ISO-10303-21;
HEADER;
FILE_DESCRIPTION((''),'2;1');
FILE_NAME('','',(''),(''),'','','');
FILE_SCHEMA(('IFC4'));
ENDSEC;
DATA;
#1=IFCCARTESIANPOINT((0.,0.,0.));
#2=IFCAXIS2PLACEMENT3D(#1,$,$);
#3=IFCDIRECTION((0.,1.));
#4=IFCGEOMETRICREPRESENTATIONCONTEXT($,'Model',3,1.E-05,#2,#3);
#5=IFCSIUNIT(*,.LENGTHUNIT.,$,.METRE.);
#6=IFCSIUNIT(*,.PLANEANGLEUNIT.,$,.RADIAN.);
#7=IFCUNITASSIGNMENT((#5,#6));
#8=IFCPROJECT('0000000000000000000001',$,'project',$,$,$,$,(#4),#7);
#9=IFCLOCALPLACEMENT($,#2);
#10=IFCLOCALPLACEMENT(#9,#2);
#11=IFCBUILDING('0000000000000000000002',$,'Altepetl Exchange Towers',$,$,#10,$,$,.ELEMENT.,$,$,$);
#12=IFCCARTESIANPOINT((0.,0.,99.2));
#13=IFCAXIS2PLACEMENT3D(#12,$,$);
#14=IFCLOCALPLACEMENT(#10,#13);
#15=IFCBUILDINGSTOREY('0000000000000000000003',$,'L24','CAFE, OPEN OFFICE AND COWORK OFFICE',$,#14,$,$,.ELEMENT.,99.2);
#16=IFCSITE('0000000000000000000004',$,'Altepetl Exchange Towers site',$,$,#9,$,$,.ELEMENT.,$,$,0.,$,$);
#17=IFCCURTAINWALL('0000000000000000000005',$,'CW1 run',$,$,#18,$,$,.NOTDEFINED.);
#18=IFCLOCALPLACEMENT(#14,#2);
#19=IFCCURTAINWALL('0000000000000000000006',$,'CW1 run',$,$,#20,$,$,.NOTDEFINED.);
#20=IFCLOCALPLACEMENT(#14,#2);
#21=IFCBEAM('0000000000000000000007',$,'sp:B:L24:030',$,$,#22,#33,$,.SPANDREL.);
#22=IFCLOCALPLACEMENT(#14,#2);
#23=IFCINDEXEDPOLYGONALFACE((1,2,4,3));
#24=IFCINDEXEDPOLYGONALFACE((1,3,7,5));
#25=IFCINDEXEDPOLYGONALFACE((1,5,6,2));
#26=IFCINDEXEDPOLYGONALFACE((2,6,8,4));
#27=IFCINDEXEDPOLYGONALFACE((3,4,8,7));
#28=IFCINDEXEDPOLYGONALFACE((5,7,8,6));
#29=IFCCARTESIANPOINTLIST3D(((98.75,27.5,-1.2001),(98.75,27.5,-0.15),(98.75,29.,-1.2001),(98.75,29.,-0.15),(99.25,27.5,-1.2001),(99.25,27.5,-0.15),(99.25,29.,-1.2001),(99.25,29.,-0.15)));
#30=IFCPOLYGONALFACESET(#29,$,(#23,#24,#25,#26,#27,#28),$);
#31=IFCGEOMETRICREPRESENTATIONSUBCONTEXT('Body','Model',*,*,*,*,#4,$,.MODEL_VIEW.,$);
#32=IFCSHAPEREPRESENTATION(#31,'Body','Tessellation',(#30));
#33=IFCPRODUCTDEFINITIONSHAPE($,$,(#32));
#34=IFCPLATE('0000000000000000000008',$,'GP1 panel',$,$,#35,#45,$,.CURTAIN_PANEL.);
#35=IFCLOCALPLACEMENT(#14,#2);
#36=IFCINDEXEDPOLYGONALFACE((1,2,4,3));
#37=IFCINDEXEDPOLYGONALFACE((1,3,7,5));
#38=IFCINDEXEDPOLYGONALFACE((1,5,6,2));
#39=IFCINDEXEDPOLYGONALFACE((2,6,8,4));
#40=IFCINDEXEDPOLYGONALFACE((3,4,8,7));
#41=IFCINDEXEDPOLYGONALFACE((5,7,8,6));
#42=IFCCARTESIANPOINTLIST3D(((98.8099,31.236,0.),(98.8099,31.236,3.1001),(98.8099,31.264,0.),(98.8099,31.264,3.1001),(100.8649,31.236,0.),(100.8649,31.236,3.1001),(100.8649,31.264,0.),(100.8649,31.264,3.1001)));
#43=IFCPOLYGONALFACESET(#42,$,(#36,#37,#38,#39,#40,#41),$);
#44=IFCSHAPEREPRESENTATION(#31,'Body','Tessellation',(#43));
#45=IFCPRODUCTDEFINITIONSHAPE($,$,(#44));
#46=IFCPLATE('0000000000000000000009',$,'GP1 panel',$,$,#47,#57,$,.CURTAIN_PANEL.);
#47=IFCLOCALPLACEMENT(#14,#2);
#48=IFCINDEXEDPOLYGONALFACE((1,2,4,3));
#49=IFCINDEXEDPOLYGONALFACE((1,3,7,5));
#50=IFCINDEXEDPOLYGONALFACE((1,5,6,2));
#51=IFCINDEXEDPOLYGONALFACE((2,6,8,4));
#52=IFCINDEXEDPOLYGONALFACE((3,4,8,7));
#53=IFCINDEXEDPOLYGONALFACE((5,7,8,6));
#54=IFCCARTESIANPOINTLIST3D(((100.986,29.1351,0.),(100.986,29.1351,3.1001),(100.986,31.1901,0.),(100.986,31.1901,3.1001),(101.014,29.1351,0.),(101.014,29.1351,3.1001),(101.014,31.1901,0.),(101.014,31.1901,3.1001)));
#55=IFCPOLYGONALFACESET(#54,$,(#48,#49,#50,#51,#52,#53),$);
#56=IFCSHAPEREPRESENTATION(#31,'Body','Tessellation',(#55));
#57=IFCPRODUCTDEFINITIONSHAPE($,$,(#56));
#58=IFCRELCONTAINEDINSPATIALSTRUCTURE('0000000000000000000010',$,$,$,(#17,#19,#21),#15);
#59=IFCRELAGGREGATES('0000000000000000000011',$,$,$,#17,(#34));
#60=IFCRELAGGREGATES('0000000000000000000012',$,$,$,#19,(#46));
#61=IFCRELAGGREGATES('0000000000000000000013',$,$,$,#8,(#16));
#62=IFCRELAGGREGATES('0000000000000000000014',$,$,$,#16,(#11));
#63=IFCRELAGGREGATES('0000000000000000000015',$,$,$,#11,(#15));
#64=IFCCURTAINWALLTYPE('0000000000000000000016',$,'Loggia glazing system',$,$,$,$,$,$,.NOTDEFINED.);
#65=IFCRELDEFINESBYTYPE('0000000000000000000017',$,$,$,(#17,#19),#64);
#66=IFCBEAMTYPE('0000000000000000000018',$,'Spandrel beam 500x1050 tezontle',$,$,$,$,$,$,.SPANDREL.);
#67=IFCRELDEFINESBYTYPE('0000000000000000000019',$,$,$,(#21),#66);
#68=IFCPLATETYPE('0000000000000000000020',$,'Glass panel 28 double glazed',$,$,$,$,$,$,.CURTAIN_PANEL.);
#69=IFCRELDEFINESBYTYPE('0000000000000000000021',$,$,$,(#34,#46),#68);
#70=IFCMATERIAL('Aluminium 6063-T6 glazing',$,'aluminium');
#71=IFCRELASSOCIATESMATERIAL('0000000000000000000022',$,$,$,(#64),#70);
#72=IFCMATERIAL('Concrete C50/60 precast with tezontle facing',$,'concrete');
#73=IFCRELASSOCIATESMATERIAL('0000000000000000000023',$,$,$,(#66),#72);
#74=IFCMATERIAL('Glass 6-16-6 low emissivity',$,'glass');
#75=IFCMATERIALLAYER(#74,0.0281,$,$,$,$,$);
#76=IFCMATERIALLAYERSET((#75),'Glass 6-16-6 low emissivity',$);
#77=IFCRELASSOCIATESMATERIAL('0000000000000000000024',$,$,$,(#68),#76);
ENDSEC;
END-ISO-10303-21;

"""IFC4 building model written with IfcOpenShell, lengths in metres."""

from ifc_helpers import new_model, si_unit, direction, frame, origin, origin_2d, place, context, subcontext, project, spatial, rectangle, extrude, material, layer, layer_set, material_profile, profile_set, type_object, element, aggregate, save


model = new_model("IFC4")

# Units and contexts
model_context = context("Model", 3, precision=1e-05, world=origin(), true_north=direction((0.0, 1.0)))
body_context = subcontext(model_context, "Body", "Model", "MODEL_VIEW")
ifc_project = project(units=[si_unit("LENGTHUNIT", "METRE"), si_unit("PLANEANGLEUNIT", "RADIAN")], contexts=[model_context])

# Site, building, storey
site_placement = place(None, origin())
site = spatial("IfcSite", under=ifc_project, at=site_placement, Name="Altepetl Exchange Towers site", CompositionType="ELEMENT", RefElevation=0.0)
building_placement = place(site_placement, origin())
building = spatial("IfcBuilding", under=site, at=building_placement, Name="Altepetl Exchange Towers", CompositionType="ELEMENT")
storey_placement = place(building_placement, frame((0.0, 0.0, 99.2)))
storey = spatial("IfcBuildingStorey", under=building, at=storey_placement, Name="L24", Description="CAFE, OPEN OFFICE AND COWORK OFFICE", CompositionType="ELEMENT", Elevation=99.2)

# Shared definitions
ifc_material_1 = material(Name="Aluminium 6063-T6 glazing", Category="aluminium")
curtain_wall_type = type_object("IfcCurtainWallType", Name="Loggia glazing system", PredefinedType="NOTDEFINED", material=ifc_material_1)

# Curtain walls
curtain_wall_1_placement = place(storey_placement, origin())
curtain_wall_1 = element("IfcCurtainWall", 1, at=curtain_wall_1_placement, inside=storey, type_object=curtain_wall_type, Name="CW1 run", PredefinedType="NOTDEFINED")
curtain_wall_2_placement = place(storey_placement, origin())
curtain_wall_2 = element("IfcCurtainWall", 2, at=curtain_wall_2_placement, inside=storey, type_object=curtain_wall_type, Name="CW1 run", PredefinedType="NOTDEFINED")

# Beam
ifc_material_2 = material(Name="Concrete C50/60 precast with tezontle facing", Category="concrete")
ifc_material_profile_1 = material_profile(ifc_material_2, rectangle(XDim=0.5, YDim=1.05, at=origin_2d()), Name="500 x 1050")
ifc_profile_set_1 = profile_set([ifc_material_profile_1], Name="Concrete C50/60 precast with tezontle facing")
beam_type_1 = type_object("IfcBeamType", Name="Spandrel beam 500x1050 tezontle", PredefinedType="SPANDREL", material=ifc_profile_set_1)
beam_1_placement = place(storey_placement, frame((99.0, 29.0, -0.675), z_axis=(0.0, -1.0, 0.0), x_axis=(1.0, 0.0, 0.0)))
element("IfcBeam", 3, at=beam_1_placement, inside=storey, type_object=beam_type_1, Name="sp:B:L24:030", PredefinedType="SPANDREL", context=body_context, shape_type="SweptSolid", body=[
    extrude(rectangle(XDim=0.5, YDim=1.05, at=origin_2d()), origin(), (0.0, 0.0, 1.0), 1.5),
])

# Plates
ifc_material_3 = material(Name="Glass 6-16-6 low emissivity", Category="glass")
ifc_layer = layer(ifc_material_3, 0.0281)
ifc_layer_set = layer_set([ifc_layer], Name="Glass 6-16-6 low emissivity")
plate_type = type_object("IfcPlateType", Name="Glass panel 28 double glazed", PredefinedType="CURTAIN_PANEL", material=ifc_layer_set)
plate_1_placement = place(storey_placement, frame((99.8374, 31.25, 0.0)))
plate_1 = element("IfcPlate", 4, at=plate_1_placement, type_object=plate_type, Name="GP1 panel", PredefinedType="CURTAIN_PANEL", context=body_context, shape_type="SweptSolid", body=[
    extrude(rectangle(XDim=2.0549, YDim=0.0281, at=origin_2d()), origin(), (0.0, 0.0, 1.0), 3.1001),
])
aggregate(curtain_wall_1, [plate_1])
plate_2_placement = place(storey_placement, frame((101.0, 30.1626, 0.0), z_axis=(0.0, 0.0, 1.0), x_axis=(0.0, -1.0, 0.0)))
plate_2 = element("IfcPlate", 5, at=plate_2_placement, type_object=plate_type, Name="GP1 panel", PredefinedType="CURTAIN_PANEL", context=body_context, shape_type="SweptSolid", body=[
    extrude(rectangle(XDim=2.0549, YDim=0.0281, at=origin_2d()), origin(), (0.0, 0.0, 1.0), 3.1001),
])
aggregate(curtain_wall_2, [plate_2])

save(model, "model.ifc")
